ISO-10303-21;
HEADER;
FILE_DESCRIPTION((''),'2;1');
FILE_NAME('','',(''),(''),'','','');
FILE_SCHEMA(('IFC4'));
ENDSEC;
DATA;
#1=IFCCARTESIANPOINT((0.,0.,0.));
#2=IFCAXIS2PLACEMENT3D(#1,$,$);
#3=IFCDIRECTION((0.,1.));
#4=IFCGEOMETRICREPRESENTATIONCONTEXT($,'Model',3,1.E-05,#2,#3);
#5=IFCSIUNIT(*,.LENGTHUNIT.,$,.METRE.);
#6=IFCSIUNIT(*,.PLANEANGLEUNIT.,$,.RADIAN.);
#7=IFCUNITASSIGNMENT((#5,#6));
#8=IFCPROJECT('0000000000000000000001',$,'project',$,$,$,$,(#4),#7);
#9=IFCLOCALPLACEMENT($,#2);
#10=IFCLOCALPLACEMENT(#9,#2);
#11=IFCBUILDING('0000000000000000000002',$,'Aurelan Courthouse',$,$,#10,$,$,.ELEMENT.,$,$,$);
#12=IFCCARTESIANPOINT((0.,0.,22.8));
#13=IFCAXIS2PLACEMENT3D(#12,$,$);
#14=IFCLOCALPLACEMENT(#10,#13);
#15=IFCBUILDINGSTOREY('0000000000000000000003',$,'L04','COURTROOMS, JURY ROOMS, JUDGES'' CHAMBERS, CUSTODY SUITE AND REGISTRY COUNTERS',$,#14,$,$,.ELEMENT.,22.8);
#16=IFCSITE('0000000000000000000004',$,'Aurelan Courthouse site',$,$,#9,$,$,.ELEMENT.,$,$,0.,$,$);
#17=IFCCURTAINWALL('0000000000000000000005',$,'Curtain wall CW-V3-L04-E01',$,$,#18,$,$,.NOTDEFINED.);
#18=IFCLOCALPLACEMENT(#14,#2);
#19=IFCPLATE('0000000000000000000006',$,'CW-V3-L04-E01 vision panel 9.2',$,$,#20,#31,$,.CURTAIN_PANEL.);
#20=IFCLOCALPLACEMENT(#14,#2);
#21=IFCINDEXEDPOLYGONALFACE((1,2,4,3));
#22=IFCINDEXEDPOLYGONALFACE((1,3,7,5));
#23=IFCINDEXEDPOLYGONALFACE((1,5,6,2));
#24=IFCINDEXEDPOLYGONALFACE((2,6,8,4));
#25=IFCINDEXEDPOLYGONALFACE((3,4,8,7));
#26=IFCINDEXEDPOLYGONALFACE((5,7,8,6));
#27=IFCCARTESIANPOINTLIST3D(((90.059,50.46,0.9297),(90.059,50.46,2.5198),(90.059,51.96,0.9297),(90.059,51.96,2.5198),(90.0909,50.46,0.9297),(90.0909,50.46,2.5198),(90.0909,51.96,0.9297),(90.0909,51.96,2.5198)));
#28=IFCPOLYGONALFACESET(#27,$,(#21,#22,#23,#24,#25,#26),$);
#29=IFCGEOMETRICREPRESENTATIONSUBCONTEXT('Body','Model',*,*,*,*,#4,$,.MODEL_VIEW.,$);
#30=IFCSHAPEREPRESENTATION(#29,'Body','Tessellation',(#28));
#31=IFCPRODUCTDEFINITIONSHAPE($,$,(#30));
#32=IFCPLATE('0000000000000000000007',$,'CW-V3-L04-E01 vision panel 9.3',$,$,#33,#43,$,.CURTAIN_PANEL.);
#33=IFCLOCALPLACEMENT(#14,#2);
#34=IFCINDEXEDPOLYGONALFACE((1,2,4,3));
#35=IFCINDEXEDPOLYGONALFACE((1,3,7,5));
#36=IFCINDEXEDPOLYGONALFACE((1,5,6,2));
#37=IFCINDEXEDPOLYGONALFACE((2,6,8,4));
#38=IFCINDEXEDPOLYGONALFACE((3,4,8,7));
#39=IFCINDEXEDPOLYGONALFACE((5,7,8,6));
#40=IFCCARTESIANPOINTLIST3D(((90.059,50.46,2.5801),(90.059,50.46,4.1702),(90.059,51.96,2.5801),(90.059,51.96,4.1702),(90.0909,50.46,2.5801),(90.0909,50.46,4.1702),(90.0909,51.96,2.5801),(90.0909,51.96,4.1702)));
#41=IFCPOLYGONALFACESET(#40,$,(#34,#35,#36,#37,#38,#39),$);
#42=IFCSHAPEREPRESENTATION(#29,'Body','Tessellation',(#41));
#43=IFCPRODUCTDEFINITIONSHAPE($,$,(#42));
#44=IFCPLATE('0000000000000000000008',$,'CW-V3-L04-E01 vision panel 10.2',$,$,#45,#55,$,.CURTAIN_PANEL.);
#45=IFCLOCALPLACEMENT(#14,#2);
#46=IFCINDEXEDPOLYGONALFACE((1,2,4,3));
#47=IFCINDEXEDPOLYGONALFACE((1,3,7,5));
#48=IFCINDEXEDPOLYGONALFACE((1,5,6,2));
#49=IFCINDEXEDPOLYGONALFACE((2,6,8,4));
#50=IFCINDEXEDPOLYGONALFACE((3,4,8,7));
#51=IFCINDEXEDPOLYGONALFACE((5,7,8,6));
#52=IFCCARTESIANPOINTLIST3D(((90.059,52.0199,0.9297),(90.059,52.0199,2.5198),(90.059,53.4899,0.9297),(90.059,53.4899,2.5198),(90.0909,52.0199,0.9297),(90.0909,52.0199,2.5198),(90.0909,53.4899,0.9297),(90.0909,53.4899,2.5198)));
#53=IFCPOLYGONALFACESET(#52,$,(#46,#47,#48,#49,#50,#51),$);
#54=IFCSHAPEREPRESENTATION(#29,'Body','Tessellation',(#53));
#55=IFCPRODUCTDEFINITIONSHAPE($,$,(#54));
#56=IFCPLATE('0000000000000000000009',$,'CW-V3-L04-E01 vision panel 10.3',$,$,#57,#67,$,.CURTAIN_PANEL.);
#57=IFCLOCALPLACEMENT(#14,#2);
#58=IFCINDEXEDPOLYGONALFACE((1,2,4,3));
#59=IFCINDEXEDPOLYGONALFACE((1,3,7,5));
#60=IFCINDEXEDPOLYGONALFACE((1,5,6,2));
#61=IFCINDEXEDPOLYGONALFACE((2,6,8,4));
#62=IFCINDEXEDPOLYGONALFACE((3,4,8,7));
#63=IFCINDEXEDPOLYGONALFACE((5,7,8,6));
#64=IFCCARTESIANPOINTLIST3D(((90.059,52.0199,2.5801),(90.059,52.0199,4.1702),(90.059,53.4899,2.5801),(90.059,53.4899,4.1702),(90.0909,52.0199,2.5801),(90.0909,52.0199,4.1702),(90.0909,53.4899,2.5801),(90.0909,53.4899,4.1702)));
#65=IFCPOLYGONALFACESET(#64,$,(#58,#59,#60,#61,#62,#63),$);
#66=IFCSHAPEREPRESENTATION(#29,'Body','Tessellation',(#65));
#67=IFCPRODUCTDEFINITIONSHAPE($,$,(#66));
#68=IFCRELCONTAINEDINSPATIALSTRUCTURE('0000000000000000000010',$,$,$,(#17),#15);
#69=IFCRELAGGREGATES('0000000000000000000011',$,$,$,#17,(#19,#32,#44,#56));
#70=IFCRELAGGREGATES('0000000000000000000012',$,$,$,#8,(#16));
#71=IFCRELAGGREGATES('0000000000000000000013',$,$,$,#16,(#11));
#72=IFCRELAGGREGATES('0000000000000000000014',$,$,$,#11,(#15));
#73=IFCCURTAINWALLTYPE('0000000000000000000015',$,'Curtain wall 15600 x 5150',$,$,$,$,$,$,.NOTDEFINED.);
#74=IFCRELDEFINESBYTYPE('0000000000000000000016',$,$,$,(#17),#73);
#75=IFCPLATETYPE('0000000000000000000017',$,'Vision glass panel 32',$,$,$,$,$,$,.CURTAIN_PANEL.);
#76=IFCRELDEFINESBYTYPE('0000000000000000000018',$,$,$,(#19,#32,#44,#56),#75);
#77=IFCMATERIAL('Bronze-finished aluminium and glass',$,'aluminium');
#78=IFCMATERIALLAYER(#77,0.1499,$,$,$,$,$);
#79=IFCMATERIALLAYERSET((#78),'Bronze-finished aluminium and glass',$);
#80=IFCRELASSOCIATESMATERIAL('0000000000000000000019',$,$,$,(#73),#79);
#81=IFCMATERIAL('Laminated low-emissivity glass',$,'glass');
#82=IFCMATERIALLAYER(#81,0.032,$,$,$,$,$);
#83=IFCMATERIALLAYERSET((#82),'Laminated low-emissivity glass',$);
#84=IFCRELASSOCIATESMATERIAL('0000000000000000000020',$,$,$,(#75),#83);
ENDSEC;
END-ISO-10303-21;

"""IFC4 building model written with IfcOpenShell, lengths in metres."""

from ifc_helpers import new_model, si_unit, direction, frame, origin, origin_2d, place, context, subcontext, project, spatial, rectangle, extrude, material, layer, layer_set, type_object, element, aggregate, save


model = new_model("IFC4")

# Units and contexts
model_context = context("Model", 3, precision=1e-05, world=origin(), true_north=direction((0.0, 1.0)))
body_context = subcontext(model_context, "Body", "Model", "MODEL_VIEW")
ifc_project = project(units=[si_unit("LENGTHUNIT", "METRE"), si_unit("PLANEANGLEUNIT", "RADIAN")], contexts=[model_context])

# Site, building, storey
site_placement = place(None, origin())
site = spatial("IfcSite", under=ifc_project, at=site_placement, Name="Aurelan Courthouse site", CompositionType="ELEMENT", RefElevation=0.0)
building_placement = place(site_placement, origin())
building = spatial("IfcBuilding", under=site, at=building_placement, Name="Aurelan Courthouse", CompositionType="ELEMENT")
storey_placement = place(building_placement, frame((0.0, 0.0, 22.8)))
storey = spatial("IfcBuildingStorey", under=building, at=storey_placement, Name="L04", Description="COURTROOMS, JURY ROOMS, JUDGES' CHAMBERS, CUSTODY SUITE AND REGISTRY COUNTERS", CompositionType="ELEMENT", Elevation=22.8)

# Curtain wall, plates
ifc_material_1 = material(Name="Bronze-finished aluminium and glass", Category="aluminium")
ifc_layer_1 = layer(ifc_material_1, 0.1499)
ifc_layer_set_1 = layer_set([ifc_layer_1], Name="Bronze-finished aluminium and glass")
curtain_wall_type = type_object("IfcCurtainWallType", Name="Curtain wall 15600 x 5150", PredefinedType="NOTDEFINED", material=ifc_layer_set_1)
curtain_wall_placement = place(storey_placement, origin())
curtain_wall = element("IfcCurtainWall", 1, at=curtain_wall_placement, inside=storey, type_object=curtain_wall_type, Name="Curtain wall CW-V3-L04-E01", PredefinedType="NOTDEFINED")
ifc_material_2 = material(Name="Laminated low-emissivity glass", Category="glass")
ifc_layer_2 = layer(ifc_material_2, 0.032)
ifc_layer_set_2 = layer_set([ifc_layer_2], Name="Laminated low-emissivity glass")
plate_type_1 = type_object("IfcPlateType", Name="Vision glass panel 32", PredefinedType="CURTAIN_PANEL", material=ifc_layer_set_2)
plate_1_placement = place(storey_placement, frame((90.075, 51.21, 0.9297), z_axis=(0.0, 0.0, 1.0), x_axis=(0.0, 1.0, 0.0)))
plate_1 = element("IfcPlate", 2, at=plate_1_placement, type_object=plate_type_1, Name="CW-V3-L04-E01 vision panel 9.2", PredefinedType="CURTAIN_PANEL", context=body_context, shape_type="SweptSolid", body=[
    extrude(rectangle(XDim=1.5, YDim=0.032, at=origin_2d()), origin(), (0.0, 0.0, 1.0), 1.5901),
])
plate_2_placement = place(storey_placement, frame((90.075, 51.21, 2.5801), z_axis=(0.0, 0.0, 1.0), x_axis=(0.0, 1.0, 0.0)))
plate_2 = element("IfcPlate", 3, at=plate_2_placement, type_object=plate_type_1, Name="CW-V3-L04-E01 vision panel 9.3", PredefinedType="CURTAIN_PANEL", context=body_context, shape_type="SweptSolid", body=[
    extrude(rectangle(XDim=1.5, YDim=0.032, at=origin_2d()), origin(), (0.0, 0.0, 1.0), 1.5901),
])
plate_3_placement = place(storey_placement, frame((90.075, 52.7549, 0.9297), z_axis=(0.0, 0.0, 1.0), x_axis=(0.0, 1.0, 0.0)))
plate_3 = element("IfcPlate", 4, at=plate_3_placement, type_object=plate_type_1, Name="CW-V3-L04-E01 vision panel 10.2", PredefinedType="CURTAIN_PANEL", context=body_context, shape_type="SweptSolid", body=[
    extrude(rectangle(XDim=1.47, YDim=0.032, at=origin_2d()), origin(), (0.0, 0.0, 1.0), 1.5901),
])
plate_4_placement = place(storey_placement, frame((90.075, 52.7549, 2.5801), z_axis=(0.0, 0.0, 1.0), x_axis=(0.0, 1.0, 0.0)))
plate_4 = element("IfcPlate", 5, at=plate_4_placement, type_object=plate_type_1, Name="CW-V3-L04-E01 vision panel 10.3", PredefinedType="CURTAIN_PANEL", context=body_context, shape_type="SweptSolid", body=[
    extrude(rectangle(XDim=1.47, YDim=0.032, at=origin_2d()), origin(), (0.0, 0.0, 1.0), 1.5901),
])
aggregate(curtain_wall, [plate_1, plate_2, plate_3, plate_4])

save(model, "model.ifc")
